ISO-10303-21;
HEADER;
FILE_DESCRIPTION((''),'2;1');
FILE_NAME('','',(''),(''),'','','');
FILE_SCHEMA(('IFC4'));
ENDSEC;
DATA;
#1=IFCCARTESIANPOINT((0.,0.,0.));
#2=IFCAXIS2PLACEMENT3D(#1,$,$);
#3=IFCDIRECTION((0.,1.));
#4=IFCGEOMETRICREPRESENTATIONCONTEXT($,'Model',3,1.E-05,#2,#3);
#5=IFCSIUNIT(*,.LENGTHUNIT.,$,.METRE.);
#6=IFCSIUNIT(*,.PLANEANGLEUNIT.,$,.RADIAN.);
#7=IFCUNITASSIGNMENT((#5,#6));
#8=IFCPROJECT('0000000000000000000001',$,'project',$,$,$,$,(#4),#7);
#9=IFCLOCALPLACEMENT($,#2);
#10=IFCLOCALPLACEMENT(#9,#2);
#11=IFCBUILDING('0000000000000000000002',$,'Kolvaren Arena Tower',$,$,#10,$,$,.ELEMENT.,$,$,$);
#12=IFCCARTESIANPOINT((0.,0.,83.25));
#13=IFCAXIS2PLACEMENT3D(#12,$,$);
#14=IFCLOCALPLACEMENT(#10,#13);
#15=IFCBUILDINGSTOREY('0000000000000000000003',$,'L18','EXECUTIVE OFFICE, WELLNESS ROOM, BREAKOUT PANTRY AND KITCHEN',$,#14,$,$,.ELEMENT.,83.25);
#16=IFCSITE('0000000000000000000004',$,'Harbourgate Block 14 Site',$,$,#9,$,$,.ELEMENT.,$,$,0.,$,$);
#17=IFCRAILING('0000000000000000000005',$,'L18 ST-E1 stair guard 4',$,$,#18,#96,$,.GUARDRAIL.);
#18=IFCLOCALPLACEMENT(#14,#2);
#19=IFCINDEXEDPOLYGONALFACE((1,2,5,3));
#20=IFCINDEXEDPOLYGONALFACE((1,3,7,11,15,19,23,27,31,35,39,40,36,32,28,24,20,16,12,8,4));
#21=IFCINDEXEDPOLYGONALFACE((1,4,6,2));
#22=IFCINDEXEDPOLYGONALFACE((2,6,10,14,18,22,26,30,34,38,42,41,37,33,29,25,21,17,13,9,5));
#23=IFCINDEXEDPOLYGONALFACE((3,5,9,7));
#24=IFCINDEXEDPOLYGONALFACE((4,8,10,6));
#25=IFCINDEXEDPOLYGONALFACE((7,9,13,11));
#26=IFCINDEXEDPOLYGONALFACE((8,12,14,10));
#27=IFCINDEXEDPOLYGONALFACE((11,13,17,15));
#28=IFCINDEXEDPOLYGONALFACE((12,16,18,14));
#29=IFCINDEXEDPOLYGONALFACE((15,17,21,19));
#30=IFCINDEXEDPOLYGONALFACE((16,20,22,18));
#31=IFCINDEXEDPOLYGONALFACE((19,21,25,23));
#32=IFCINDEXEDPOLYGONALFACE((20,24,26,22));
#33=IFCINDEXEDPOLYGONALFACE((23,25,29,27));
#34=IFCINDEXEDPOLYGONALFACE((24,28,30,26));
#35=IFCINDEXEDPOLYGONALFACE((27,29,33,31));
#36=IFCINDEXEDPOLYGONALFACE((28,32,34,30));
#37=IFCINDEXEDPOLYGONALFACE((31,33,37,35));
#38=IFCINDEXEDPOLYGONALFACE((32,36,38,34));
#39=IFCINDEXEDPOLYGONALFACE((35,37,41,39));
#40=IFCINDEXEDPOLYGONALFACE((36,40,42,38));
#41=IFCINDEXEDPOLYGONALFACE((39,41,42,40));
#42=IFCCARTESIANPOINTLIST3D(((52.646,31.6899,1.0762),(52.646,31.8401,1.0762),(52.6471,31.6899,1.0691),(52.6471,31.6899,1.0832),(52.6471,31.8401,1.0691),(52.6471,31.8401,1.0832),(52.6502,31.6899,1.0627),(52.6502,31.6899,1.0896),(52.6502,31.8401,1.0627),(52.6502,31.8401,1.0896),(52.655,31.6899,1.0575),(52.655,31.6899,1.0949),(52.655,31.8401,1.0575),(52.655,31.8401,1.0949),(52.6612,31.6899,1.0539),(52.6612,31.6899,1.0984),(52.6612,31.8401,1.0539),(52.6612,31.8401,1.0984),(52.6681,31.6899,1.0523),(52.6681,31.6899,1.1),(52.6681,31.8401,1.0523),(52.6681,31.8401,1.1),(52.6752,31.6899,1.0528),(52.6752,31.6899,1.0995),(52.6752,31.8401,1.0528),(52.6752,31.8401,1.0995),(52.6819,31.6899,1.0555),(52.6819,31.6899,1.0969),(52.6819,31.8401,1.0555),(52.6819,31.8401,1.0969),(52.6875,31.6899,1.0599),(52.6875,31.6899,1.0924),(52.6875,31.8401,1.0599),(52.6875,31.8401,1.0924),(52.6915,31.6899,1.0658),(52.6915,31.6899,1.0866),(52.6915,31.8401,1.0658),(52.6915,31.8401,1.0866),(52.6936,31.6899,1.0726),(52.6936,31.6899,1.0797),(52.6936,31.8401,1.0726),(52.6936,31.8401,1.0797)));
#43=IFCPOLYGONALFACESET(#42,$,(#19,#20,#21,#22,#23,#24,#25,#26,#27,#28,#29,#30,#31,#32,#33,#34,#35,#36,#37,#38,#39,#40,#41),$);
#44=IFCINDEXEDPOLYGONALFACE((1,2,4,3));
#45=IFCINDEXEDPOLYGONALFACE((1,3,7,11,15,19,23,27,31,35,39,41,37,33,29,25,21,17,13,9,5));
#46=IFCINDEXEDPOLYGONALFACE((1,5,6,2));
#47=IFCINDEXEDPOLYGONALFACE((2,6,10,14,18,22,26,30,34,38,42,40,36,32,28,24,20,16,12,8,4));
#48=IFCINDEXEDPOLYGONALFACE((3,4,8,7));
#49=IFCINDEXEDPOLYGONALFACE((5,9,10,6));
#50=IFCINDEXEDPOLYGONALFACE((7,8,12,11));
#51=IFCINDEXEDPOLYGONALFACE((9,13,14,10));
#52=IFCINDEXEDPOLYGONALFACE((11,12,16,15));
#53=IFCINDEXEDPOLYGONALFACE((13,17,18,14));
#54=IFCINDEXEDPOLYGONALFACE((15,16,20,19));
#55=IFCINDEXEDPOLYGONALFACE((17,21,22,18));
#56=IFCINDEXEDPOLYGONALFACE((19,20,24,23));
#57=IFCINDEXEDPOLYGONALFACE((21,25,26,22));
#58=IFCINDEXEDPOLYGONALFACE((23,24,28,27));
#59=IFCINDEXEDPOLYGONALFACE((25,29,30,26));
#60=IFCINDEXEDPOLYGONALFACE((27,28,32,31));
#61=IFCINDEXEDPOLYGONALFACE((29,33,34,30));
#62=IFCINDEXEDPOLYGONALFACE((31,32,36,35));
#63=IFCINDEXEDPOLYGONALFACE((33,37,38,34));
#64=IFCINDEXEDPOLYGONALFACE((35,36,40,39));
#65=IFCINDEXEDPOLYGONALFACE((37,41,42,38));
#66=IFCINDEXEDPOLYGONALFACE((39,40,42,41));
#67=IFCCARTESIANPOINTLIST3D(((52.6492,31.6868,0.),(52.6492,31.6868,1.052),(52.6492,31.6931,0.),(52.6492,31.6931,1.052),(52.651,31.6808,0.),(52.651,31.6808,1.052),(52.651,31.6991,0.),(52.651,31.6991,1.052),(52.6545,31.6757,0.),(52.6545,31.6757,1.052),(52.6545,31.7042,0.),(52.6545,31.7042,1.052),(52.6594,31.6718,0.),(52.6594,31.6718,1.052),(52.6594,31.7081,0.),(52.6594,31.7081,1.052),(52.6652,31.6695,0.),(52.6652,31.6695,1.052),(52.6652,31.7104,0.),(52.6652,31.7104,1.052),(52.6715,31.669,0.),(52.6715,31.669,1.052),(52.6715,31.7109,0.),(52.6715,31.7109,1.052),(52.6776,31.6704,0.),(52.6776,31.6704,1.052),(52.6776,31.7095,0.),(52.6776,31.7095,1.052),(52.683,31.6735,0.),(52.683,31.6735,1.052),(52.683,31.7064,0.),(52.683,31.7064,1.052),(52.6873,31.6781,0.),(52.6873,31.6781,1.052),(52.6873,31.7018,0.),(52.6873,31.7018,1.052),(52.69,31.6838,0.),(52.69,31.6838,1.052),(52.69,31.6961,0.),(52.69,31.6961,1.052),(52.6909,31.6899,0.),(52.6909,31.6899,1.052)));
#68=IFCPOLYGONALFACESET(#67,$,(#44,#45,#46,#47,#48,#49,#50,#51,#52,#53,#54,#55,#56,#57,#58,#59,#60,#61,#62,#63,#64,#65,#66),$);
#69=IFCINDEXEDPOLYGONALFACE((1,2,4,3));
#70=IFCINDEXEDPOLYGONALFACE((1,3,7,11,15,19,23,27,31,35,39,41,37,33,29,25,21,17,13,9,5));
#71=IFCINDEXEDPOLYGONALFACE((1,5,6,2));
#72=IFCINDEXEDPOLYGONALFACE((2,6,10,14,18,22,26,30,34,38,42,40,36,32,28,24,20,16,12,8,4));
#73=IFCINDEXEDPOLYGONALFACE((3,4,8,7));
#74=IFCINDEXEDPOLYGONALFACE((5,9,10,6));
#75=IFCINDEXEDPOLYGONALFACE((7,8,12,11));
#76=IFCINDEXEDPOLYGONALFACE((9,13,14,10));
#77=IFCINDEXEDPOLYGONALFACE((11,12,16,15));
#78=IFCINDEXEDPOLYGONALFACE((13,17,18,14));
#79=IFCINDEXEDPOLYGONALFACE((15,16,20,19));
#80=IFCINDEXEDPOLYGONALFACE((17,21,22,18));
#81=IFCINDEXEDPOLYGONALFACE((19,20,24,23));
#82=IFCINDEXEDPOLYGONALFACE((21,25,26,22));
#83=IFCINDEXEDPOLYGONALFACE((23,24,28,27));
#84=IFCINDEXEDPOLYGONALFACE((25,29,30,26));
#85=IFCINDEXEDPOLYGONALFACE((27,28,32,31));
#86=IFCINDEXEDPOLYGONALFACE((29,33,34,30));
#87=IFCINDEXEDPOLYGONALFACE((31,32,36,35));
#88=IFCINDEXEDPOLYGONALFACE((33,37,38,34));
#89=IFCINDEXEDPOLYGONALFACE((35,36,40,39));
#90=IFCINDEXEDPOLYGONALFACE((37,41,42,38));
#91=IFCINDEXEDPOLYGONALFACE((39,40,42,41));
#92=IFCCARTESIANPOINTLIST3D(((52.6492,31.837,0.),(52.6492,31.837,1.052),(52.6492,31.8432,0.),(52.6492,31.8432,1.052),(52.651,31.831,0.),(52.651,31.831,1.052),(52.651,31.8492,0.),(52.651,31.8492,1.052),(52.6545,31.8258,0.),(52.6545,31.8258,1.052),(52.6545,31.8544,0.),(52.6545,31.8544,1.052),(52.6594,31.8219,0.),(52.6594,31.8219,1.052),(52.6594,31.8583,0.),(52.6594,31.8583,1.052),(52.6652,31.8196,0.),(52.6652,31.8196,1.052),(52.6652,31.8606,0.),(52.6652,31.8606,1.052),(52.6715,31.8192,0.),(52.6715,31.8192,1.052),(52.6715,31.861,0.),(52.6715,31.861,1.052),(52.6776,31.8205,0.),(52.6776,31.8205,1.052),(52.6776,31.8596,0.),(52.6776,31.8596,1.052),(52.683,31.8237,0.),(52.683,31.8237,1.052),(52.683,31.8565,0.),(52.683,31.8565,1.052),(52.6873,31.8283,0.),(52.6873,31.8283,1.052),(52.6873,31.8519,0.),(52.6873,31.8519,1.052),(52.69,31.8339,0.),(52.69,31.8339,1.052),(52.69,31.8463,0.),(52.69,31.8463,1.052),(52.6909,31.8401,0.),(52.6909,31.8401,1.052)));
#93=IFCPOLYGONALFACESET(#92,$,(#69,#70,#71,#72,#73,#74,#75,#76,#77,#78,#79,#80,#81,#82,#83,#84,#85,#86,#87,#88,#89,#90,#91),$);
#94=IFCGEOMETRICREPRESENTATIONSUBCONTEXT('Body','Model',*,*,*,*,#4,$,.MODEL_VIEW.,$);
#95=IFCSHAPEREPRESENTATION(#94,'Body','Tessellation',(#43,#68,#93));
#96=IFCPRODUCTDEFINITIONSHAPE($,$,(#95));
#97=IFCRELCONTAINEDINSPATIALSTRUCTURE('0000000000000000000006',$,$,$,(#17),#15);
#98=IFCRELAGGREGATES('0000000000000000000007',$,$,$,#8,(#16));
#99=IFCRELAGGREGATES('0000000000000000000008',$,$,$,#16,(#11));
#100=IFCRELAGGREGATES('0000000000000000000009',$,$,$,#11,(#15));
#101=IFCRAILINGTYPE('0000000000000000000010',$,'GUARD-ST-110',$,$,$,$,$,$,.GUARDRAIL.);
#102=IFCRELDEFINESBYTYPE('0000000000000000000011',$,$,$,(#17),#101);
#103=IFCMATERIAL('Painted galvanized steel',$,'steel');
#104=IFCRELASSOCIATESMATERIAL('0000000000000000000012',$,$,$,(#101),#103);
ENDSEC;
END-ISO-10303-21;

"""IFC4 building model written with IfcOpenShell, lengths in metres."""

from ifc_helpers import new_model, si_unit, direction, frame, origin, origin_2d, place, context, subcontext, project, spatial, circle, extrude, material, type_object, element, save


model = new_model("IFC4")

# Units and contexts
model_context = context("Model", 3, precision=1e-05, world=origin(), true_north=direction((0.0, 1.0)))
body_context = subcontext(model_context, "Body", "Model", "MODEL_VIEW")
ifc_project = project(units=[si_unit("LENGTHUNIT", "METRE"), si_unit("PLANEANGLEUNIT", "RADIAN")], contexts=[model_context])

# Site, building, storey
site_placement = place(None, origin())
site = spatial("IfcSite", under=ifc_project, at=site_placement, Name="Harbourgate Block 14 Site", CompositionType="ELEMENT", RefElevation=0.0)
building_placement = place(site_placement, origin())
building = spatial("IfcBuilding", under=site, at=building_placement, Name="Kolvaren Arena Tower", CompositionType="ELEMENT")
storey_placement = place(building_placement, frame((0.0, 0.0, 83.25)))
storey = spatial("IfcBuildingStorey", under=building, at=storey_placement, Name="L18", Description="EXECUTIVE OFFICE, WELLNESS ROOM, BREAKOUT PANTRY AND KITCHEN", CompositionType="ELEMENT", Elevation=83.25)

# Railing
ifc_material_1 = material(Name="Painted galvanized steel", Category="steel")
railing_type_1 = type_object("IfcRailingType", Name="GUARD-ST-110", PredefinedType="GUARDRAIL", material=ifc_material_1)
railing_1_placement = place(storey_placement, frame((52.6699, 31.6899, 0.0)))
element("IfcRailing", 1, at=railing_1_placement, inside=storey, type_object=railing_type_1, Name="L18 ST-E1 stair guard 4", PredefinedType="GUARDRAIL", context=body_context, shape_type="SweptSolid", body=[
    extrude(circle(Radius=0.0239, at=origin_2d()), frame((0.0, 0.0, 1.0762), z_axis=(0.0, 1.0, 0.0), x_axis=(-1.0, 0.0, 0.0)), (0.0, 0.0, 1.0), 0.1501),
    extrude(circle(Radius=0.021, at=origin_2d()), origin(), (0.0, 0.0, 1.0), 1.052),
    extrude(circle(Radius=0.021, at=origin_2d()), frame((0.0, 0.1501, 0.0)), (0.0, 0.0, 1.0), 1.052),
])

save(model, "model.ifc")
